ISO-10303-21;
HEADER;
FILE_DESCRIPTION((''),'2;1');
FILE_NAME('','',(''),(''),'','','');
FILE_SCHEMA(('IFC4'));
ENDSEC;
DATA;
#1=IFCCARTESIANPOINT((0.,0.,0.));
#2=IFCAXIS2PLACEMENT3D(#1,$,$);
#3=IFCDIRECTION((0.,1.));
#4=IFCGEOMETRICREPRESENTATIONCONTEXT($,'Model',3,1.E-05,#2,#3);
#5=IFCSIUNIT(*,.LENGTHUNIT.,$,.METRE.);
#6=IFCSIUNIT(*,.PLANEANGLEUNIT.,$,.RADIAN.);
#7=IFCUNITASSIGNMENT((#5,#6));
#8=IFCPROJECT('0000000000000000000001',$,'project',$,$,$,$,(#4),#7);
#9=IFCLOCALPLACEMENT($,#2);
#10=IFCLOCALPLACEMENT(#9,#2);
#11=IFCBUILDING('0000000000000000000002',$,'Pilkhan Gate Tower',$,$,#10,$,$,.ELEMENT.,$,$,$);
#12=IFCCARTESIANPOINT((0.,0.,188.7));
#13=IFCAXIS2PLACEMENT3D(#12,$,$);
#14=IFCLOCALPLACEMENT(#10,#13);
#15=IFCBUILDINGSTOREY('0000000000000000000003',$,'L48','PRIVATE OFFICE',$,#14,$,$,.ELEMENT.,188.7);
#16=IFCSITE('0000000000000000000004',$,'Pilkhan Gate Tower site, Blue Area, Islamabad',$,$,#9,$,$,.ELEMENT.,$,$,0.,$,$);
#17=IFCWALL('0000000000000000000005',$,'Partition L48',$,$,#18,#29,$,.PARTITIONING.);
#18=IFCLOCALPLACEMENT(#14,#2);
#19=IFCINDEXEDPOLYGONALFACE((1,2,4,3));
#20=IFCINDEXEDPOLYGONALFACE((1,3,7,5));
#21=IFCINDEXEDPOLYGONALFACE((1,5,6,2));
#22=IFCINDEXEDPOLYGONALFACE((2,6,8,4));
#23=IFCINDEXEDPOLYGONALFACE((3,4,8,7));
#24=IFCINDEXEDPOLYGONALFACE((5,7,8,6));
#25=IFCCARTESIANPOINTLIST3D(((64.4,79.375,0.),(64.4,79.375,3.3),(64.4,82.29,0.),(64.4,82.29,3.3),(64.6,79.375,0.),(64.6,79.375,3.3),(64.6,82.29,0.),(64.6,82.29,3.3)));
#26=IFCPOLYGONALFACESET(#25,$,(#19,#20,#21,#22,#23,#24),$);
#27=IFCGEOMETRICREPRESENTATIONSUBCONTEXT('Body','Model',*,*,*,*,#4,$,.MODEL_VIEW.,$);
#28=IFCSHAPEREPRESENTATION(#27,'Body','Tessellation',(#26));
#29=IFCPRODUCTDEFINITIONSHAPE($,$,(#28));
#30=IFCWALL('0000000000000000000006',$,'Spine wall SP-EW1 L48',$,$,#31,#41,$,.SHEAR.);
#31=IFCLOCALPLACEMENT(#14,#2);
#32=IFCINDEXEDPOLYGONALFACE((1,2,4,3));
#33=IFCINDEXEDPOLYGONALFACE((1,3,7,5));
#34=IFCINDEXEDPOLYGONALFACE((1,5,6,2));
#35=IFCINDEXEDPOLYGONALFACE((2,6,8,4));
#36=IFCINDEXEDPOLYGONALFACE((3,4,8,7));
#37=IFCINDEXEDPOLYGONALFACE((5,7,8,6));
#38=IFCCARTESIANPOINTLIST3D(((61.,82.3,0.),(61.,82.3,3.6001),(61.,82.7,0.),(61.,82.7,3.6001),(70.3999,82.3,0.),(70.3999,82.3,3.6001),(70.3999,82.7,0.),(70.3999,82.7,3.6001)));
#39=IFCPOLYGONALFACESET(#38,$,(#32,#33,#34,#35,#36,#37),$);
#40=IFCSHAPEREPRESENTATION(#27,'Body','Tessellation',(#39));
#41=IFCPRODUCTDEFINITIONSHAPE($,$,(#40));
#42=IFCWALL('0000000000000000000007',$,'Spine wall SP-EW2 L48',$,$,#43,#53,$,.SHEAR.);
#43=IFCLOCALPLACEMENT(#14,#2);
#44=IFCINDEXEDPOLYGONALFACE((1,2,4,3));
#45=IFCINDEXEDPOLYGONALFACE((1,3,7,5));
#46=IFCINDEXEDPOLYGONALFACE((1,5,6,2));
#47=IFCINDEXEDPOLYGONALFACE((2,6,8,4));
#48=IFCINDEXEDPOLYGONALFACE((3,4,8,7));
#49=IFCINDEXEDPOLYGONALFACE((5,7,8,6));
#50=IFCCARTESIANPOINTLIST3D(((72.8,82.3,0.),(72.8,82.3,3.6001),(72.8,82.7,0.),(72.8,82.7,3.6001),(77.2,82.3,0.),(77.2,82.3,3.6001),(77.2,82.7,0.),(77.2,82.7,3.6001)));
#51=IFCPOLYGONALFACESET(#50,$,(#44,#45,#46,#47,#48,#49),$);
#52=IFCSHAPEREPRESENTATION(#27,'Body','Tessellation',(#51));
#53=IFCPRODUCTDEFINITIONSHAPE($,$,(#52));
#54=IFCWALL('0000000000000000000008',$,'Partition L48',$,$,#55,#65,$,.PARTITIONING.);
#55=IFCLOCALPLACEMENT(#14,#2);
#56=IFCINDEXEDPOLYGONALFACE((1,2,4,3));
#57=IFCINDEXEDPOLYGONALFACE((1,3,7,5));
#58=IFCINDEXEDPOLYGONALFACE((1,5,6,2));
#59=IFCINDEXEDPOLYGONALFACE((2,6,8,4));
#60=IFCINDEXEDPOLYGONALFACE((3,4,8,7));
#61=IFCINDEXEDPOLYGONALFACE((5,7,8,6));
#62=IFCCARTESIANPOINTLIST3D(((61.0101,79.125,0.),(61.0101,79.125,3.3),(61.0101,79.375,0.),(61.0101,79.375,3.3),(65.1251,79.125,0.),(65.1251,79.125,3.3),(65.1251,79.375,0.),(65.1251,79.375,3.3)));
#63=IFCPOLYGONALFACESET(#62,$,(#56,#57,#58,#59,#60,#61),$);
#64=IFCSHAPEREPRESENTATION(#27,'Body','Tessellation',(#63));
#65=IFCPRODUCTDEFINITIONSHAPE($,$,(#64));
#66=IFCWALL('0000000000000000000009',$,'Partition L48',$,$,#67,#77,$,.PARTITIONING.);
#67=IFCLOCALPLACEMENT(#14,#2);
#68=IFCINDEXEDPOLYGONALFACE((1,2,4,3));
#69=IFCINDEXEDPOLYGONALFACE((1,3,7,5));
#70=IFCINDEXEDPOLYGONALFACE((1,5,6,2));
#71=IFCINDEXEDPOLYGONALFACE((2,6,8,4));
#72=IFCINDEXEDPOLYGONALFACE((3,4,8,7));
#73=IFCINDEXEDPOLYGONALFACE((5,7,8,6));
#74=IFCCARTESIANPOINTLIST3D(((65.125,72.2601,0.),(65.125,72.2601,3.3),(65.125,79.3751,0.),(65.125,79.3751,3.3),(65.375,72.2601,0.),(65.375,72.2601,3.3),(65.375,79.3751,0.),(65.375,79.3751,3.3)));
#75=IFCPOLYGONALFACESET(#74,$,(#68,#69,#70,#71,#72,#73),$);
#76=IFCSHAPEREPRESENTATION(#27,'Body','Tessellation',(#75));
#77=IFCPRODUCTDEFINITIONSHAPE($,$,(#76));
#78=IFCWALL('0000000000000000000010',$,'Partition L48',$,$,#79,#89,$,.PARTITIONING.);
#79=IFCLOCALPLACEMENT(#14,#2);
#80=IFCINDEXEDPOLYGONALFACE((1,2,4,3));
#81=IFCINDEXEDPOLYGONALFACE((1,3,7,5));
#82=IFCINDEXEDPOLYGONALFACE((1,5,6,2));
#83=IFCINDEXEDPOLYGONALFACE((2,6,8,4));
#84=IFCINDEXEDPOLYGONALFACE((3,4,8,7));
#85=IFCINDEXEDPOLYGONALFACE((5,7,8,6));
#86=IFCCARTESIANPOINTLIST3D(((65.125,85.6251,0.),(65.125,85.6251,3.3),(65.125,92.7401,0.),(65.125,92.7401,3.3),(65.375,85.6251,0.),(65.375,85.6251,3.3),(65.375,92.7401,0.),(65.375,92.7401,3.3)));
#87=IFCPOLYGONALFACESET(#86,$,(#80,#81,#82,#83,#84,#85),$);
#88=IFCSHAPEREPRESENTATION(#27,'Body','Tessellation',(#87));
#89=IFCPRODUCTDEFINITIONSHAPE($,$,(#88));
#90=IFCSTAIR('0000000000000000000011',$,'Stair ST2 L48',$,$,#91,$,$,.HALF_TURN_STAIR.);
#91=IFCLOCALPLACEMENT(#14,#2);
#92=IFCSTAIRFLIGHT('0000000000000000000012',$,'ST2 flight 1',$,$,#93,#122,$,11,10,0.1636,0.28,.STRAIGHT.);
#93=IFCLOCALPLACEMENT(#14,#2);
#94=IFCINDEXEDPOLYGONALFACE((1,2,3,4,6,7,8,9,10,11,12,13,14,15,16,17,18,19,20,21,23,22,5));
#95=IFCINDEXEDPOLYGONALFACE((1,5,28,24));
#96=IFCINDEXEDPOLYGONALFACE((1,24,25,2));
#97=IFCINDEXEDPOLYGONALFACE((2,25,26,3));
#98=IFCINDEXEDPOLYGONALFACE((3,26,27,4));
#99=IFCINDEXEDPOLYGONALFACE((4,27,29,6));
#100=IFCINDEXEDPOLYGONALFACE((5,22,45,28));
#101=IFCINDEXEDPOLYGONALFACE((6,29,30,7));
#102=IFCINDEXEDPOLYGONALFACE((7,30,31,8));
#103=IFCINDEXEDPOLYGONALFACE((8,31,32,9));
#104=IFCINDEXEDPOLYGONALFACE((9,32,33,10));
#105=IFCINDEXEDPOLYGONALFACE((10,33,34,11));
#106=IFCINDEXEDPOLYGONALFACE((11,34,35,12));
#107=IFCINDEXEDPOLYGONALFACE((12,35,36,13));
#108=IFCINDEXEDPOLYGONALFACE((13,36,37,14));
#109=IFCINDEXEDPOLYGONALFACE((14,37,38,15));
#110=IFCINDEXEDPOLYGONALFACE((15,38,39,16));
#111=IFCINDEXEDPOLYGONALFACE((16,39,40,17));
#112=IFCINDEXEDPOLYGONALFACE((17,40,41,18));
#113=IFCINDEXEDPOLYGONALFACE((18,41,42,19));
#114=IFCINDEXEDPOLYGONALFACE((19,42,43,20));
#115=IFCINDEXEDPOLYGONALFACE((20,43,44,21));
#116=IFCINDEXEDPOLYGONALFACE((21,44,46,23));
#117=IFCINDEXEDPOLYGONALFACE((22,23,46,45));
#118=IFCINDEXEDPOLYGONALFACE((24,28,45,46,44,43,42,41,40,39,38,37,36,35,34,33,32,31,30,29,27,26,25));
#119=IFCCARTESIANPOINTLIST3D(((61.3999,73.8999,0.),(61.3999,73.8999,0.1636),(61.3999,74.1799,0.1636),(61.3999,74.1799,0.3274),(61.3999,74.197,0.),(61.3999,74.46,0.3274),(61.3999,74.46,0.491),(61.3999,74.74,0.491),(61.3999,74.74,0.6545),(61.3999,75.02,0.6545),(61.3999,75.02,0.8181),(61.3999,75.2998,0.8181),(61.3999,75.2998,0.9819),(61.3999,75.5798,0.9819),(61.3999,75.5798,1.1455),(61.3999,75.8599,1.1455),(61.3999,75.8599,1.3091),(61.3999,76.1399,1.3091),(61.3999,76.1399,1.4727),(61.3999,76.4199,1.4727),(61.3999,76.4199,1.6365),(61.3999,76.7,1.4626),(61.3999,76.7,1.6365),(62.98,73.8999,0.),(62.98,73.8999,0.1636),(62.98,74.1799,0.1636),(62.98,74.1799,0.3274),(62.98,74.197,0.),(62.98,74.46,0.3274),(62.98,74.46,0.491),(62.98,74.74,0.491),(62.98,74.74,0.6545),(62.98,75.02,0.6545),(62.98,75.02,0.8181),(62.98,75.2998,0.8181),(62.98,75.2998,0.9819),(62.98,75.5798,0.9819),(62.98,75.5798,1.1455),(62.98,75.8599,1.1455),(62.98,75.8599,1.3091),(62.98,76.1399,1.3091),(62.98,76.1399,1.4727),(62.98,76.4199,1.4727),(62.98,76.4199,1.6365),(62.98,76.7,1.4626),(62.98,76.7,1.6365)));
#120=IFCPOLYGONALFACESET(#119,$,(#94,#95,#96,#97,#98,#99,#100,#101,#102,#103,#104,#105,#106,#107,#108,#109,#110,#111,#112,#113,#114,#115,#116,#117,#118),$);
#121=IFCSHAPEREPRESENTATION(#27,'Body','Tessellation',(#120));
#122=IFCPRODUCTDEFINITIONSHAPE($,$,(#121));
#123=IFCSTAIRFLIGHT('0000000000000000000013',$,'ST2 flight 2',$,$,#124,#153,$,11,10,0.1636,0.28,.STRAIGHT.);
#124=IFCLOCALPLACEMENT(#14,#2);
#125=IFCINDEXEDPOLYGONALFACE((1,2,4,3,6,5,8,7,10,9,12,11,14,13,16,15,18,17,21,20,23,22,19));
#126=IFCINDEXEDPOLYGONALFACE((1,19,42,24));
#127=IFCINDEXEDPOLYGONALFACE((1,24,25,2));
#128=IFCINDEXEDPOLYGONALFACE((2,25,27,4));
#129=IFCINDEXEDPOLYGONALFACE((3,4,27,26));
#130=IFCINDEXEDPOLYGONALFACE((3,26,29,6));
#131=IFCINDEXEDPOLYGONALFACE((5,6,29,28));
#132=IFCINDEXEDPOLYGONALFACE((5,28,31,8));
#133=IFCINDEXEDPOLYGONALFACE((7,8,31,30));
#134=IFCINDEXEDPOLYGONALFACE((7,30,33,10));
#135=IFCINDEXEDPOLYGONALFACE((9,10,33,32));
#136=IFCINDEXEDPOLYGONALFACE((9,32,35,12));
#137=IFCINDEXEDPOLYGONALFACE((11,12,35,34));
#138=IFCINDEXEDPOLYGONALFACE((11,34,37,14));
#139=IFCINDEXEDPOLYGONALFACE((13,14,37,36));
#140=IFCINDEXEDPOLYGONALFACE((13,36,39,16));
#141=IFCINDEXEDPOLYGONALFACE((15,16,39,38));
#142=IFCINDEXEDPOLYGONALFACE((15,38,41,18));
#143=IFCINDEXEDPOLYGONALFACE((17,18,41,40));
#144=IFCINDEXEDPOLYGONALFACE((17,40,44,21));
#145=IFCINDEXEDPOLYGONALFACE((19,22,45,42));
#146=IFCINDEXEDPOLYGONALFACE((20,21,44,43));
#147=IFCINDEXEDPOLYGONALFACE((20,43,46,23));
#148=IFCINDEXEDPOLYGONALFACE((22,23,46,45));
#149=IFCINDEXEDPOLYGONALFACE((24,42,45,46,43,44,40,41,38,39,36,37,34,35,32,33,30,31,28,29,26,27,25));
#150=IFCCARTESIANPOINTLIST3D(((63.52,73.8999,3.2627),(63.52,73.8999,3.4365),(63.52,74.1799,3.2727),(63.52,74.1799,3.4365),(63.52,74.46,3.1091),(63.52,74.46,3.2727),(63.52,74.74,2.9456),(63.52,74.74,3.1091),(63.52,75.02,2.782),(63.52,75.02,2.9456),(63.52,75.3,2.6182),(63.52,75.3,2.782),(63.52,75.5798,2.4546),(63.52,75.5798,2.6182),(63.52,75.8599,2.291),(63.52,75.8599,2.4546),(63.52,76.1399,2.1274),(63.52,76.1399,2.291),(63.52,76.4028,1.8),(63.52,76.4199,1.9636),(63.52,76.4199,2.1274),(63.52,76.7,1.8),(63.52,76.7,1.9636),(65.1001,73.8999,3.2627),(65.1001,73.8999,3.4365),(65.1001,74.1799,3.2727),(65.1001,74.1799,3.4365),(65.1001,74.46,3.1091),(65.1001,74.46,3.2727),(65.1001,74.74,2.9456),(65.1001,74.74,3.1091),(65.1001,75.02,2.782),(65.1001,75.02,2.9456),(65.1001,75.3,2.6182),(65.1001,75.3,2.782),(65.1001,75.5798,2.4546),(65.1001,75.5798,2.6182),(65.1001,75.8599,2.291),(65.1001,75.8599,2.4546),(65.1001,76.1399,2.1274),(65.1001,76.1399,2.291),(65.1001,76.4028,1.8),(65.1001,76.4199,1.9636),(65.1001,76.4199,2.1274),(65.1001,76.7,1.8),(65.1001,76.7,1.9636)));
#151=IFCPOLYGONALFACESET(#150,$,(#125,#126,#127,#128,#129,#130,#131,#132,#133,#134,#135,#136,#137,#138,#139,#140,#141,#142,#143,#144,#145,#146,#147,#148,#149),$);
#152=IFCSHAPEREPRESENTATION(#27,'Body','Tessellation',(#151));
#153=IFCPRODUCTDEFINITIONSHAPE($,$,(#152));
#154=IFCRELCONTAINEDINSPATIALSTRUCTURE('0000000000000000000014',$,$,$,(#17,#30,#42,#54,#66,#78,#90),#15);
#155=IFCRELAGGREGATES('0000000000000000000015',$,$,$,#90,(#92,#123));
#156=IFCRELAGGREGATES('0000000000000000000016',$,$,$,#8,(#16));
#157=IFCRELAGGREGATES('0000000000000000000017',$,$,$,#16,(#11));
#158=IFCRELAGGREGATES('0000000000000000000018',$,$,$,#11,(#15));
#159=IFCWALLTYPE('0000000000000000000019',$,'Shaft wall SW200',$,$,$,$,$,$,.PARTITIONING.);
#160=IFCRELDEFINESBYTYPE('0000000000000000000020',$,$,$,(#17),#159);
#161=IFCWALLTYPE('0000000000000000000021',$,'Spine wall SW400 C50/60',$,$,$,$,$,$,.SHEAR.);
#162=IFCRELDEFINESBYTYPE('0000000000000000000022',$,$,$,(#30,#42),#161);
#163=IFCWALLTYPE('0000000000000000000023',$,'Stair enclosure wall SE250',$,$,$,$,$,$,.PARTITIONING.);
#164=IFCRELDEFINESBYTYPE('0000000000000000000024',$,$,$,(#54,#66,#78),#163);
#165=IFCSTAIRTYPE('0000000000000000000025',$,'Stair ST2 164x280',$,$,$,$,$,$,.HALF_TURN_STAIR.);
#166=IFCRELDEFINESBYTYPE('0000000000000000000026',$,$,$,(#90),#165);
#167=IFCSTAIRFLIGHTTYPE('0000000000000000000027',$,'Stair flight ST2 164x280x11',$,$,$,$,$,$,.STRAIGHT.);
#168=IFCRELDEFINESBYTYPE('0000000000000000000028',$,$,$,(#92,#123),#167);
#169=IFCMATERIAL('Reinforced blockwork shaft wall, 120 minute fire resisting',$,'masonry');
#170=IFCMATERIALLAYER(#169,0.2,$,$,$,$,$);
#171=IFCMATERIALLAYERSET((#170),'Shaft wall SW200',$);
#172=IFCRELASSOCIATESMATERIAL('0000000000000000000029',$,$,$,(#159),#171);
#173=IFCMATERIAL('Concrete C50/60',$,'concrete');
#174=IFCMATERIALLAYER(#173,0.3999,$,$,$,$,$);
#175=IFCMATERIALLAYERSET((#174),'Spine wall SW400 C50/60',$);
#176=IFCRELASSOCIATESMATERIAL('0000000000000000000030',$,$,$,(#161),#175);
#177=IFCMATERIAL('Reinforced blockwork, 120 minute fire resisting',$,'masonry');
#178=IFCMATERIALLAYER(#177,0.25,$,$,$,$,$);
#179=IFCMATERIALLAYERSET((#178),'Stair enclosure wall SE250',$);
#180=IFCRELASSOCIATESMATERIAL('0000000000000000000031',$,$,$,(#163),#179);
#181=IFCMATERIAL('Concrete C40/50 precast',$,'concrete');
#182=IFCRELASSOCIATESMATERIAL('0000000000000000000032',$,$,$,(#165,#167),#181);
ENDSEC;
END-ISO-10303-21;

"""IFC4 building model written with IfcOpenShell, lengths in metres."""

from ifc_helpers import new_model, si_unit, direction, frame, frame_2d, origin, place, context, subcontext, project, spatial, polyline, rectangle, outline, extrude, material, layer, layer_set, type_object, element, aggregate, save


model = new_model("IFC4")

# Units and contexts
model_context = context("Model", 3, precision=1e-05, world=origin(), true_north=direction((0.0, 1.0)))
body_context = subcontext(model_context, "Body", "Model", "MODEL_VIEW")
ifc_project = project(units=[si_unit("LENGTHUNIT", "METRE"), si_unit("PLANEANGLEUNIT", "RADIAN")], contexts=[model_context])

# Site, building, storey
site_placement = place(None, origin())
site = spatial("IfcSite", under=ifc_project, at=site_placement, Name="Pilkhan Gate Tower site, Blue Area, Islamabad", CompositionType="ELEMENT", RefElevation=0.0)
building_placement = place(site_placement, origin())
building = spatial("IfcBuilding", under=site, at=building_placement, Name="Pilkhan Gate Tower", CompositionType="ELEMENT")
storey_placement = place(building_placement, frame((0.0, 0.0, 188.7)))
storey = spatial("IfcBuildingStorey", under=building, at=storey_placement, Name="L48", Description="PRIVATE OFFICE", CompositionType="ELEMENT", Elevation=188.7)

# Shared definitions
ifc_material_1 = material(Name="Concrete C50/60", Category="concrete")

# Walls
ifc_material_2 = material(Name="Reinforced blockwork shaft wall, 120 minute fire resisting", Category="masonry")
ifc_layer_1 = layer(ifc_material_2, 0.2)
ifc_layer_set_1 = layer_set([ifc_layer_1], Name="Shaft wall SW200")
wall_type_1 = type_object("IfcWallType", Name="Shaft wall SW200", PredefinedType="PARTITIONING", material=ifc_layer_set_1)
wall_1_placement = place(storey_placement, frame((64.5, 79.375, 0.0), z_axis=(0.0, 0.0, 1.0), x_axis=(0.0, 1.0, 0.0)))
element("IfcWall", 1, at=wall_1_placement, inside=storey, type_object=wall_type_1, Name="Partition L48", PredefinedType="PARTITIONING", context=body_context, shape_type="SweptSolid", body=[
    extrude(rectangle(XDim=2.915, YDim=0.2, at=frame_2d((1.4575, 0.0))), origin(), (0.0, 0.0, 1.0), 3.3),
])
ifc_layer_2 = layer(ifc_material_1, 0.3999)
ifc_layer_set_2 = layer_set([ifc_layer_2], Name="Spine wall SW400 C50/60")
wall_type_2 = type_object("IfcWallType", Name="Spine wall SW400 C50/60", PredefinedType="SHEAR", material=ifc_layer_set_2)
wall_2_placement = place(storey_placement, frame((61.0, 82.5, 0.0), z_axis=(0.0, 0.0, 1.0), x_axis=(1.0, 0.0, 0.0)))
element("IfcWall", 2, at=wall_2_placement, inside=storey, type_object=wall_type_2, Name="Spine wall SP-EW1 L48", PredefinedType="SHEAR", context=body_context, shape_type="SweptSolid", body=[
    extrude(rectangle(XDim=9.3999, YDim=0.3999, at=frame_2d((4.7, 0.0))), origin(), (0.0, 0.0, 1.0), 3.6001),
])
wall_3_placement = place(storey_placement, frame((72.8, 82.5, 0.0), z_axis=(0.0, 0.0, 1.0), x_axis=(1.0, 0.0, 0.0)))
element("IfcWall", 3, at=wall_3_placement, inside=storey, type_object=wall_type_2, Name="Spine wall SP-EW2 L48", PredefinedType="SHEAR", context=body_context, shape_type="SweptSolid", body=[
    extrude(rectangle(XDim=4.3999, YDim=0.3999, at=frame_2d((2.2, 0.0))), origin(), (0.0, 0.0, 1.0), 3.6001),
])
ifc_material_3 = material(Name="Reinforced blockwork, 120 minute fire resisting", Category="masonry")
ifc_layer_3 = layer(ifc_material_3, 0.25)
ifc_layer_set_3 = layer_set([ifc_layer_3], Name="Stair enclosure wall SE250")
wall_type_3 = type_object("IfcWallType", Name="Stair enclosure wall SE250", PredefinedType="PARTITIONING", material=ifc_layer_set_3)
wall_4_placement = place(storey_placement, frame((61.01, 79.25, 0.0), z_axis=(0.0, 0.0, 1.0), x_axis=(1.0, 0.0, 0.0)))
element("IfcWall", 4, at=wall_4_placement, inside=storey, type_object=wall_type_3, Name="Partition L48", PredefinedType="PARTITIONING", context=body_context, shape_type="SweptSolid", body=[
    extrude(rectangle(XDim=4.115, YDim=0.25, at=frame_2d((2.0576, 0.0))), origin(), (0.0, 0.0, 1.0), 3.3),
])
for number, where, z_axis, x_axis, name in (
    (5, (65.25, 72.26, 0.0), (0.0, 0.0, 1.0), (0.0, 1.0, 0.0), "Partition L48"),
    (6, (65.25, 85.625, 0.0), (0.0, 0.0, 1.0), (0.0, 1.0, 0.0), "Partition L48"),
):
    element("IfcWall", number, at=place(storey_placement, frame(where, z_axis=z_axis, x_axis=x_axis)), inside=storey, type_object=wall_type_3, Name=name, PredefinedType="PARTITIONING", context=body_context, shape_type="SweptSolid", body=[
        extrude(rectangle(XDim=7.115, YDim=0.25, at=frame_2d((3.5576, 0.0))), origin(), (0.0, 0.0, 1.0), 3.3),
    ])

# Stair, stair flights
ifc_material_4 = material(Name="Concrete C40/50 precast", Category="concrete")
stair_type = type_object("IfcStairType", Name="Stair ST2 164x280", PredefinedType="HALF_TURN_STAIR", material=ifc_material_4)
stair_placement = place(storey_placement, origin())
stair = element("IfcStair", 7, at=stair_placement, inside=storey, type_object=stair_type, Name="Stair ST2 L48", PredefinedType="HALF_TURN_STAIR")
stair_flight_type = type_object("IfcStairFlightType", Name="Stair flight ST2 164x280x11", PredefinedType="STRAIGHT", material=ifc_material_4)
stair_flight_1_placement = place(storey_placement, frame((62.1899, 73.8999, 0.0), z_axis=(0.0, 0.0, 1.0), x_axis=(0.0, 1.0, 0.0)))
stair_flight_1 = element("IfcStairFlight", 8, at=stair_flight_1_placement, type_object=stair_flight_type, Name="ST2 flight 1", NumberOfRisers=11, NumberOfTreads=10, PredefinedType="STRAIGHT", RiserHeight=0.1636, TreadLength=0.28, context=body_context, shape_type="SweptSolid", body=[
    extrude(outline(polyline([(0.0, 0.0), (0.0, 0.1636), (0.28, 0.1636), (0.28, 0.3274), (0.5601, 0.3274), (0.5601, 0.491), (0.8401, 0.491), (0.8401, 0.6545), (1.1201, 0.6545), (1.1201, 0.8181), (1.3999, 0.8181), (1.3999, 0.9819), (1.6799, 0.9819), (1.6799, 1.1455), (1.96, 1.1455), (1.96, 1.3091), (2.24, 1.3091), (2.24, 1.4727), (2.52, 1.4727), (2.52, 1.6365), (2.8, 1.6365), (2.8, 1.8), (2.8, 1.4626), (0.2971, 0.0), (0.0, 0.0)])), frame((0.0, 0.79, 0.0), z_axis=(0.0, -1.0, 0.0), x_axis=(1.0, 0.0, 0.0)), (0.0, 0.0, 1.0), 1.5801),
])
stair_flight_2_placement = place(storey_placement, frame((64.3101, 76.7, 1.8), z_axis=(0.0, 0.0, 1.0), x_axis=(0.0, -1.0, 0.0)))
stair_flight_2 = element("IfcStairFlight", 9, at=stair_flight_2_placement, type_object=stair_flight_type, Name="ST2 flight 2", NumberOfRisers=11, NumberOfTreads=10, PredefinedType="STRAIGHT", RiserHeight=0.1636, TreadLength=0.28, context=body_context, shape_type="SweptSolid", body=[
    extrude(outline(polyline([(0.0, 0.0), (0.0, 0.1636), (0.28, 0.1636), (0.28, 0.3274), (0.5601, 0.3274), (0.5601, 0.491), (0.8401, 0.491), (0.8401, 0.6545), (1.1201, 0.6545), (1.1201, 0.8181), (1.3999, 0.8181), (1.3999, 0.9819), (1.6799, 0.9819), (1.6799, 1.1455), (1.96, 1.1455), (1.96, 1.3091), (2.24, 1.3091), (2.24, 1.4727), (2.52, 1.4727), (2.52, 1.6365), (2.8, 1.6365), (2.8, 1.8), (2.8, 1.4626), (0.2971, 0.0), (0.0, 0.0)])), frame((0.0, 0.79, 0.0), z_axis=(0.0, -1.0, 0.0), x_axis=(1.0, 0.0, 0.0)), (0.0, 0.0, 1.0), 1.5801),
])
aggregate(stair, [stair_flight_1, stair_flight_2])

save(model, "model.ifc")
